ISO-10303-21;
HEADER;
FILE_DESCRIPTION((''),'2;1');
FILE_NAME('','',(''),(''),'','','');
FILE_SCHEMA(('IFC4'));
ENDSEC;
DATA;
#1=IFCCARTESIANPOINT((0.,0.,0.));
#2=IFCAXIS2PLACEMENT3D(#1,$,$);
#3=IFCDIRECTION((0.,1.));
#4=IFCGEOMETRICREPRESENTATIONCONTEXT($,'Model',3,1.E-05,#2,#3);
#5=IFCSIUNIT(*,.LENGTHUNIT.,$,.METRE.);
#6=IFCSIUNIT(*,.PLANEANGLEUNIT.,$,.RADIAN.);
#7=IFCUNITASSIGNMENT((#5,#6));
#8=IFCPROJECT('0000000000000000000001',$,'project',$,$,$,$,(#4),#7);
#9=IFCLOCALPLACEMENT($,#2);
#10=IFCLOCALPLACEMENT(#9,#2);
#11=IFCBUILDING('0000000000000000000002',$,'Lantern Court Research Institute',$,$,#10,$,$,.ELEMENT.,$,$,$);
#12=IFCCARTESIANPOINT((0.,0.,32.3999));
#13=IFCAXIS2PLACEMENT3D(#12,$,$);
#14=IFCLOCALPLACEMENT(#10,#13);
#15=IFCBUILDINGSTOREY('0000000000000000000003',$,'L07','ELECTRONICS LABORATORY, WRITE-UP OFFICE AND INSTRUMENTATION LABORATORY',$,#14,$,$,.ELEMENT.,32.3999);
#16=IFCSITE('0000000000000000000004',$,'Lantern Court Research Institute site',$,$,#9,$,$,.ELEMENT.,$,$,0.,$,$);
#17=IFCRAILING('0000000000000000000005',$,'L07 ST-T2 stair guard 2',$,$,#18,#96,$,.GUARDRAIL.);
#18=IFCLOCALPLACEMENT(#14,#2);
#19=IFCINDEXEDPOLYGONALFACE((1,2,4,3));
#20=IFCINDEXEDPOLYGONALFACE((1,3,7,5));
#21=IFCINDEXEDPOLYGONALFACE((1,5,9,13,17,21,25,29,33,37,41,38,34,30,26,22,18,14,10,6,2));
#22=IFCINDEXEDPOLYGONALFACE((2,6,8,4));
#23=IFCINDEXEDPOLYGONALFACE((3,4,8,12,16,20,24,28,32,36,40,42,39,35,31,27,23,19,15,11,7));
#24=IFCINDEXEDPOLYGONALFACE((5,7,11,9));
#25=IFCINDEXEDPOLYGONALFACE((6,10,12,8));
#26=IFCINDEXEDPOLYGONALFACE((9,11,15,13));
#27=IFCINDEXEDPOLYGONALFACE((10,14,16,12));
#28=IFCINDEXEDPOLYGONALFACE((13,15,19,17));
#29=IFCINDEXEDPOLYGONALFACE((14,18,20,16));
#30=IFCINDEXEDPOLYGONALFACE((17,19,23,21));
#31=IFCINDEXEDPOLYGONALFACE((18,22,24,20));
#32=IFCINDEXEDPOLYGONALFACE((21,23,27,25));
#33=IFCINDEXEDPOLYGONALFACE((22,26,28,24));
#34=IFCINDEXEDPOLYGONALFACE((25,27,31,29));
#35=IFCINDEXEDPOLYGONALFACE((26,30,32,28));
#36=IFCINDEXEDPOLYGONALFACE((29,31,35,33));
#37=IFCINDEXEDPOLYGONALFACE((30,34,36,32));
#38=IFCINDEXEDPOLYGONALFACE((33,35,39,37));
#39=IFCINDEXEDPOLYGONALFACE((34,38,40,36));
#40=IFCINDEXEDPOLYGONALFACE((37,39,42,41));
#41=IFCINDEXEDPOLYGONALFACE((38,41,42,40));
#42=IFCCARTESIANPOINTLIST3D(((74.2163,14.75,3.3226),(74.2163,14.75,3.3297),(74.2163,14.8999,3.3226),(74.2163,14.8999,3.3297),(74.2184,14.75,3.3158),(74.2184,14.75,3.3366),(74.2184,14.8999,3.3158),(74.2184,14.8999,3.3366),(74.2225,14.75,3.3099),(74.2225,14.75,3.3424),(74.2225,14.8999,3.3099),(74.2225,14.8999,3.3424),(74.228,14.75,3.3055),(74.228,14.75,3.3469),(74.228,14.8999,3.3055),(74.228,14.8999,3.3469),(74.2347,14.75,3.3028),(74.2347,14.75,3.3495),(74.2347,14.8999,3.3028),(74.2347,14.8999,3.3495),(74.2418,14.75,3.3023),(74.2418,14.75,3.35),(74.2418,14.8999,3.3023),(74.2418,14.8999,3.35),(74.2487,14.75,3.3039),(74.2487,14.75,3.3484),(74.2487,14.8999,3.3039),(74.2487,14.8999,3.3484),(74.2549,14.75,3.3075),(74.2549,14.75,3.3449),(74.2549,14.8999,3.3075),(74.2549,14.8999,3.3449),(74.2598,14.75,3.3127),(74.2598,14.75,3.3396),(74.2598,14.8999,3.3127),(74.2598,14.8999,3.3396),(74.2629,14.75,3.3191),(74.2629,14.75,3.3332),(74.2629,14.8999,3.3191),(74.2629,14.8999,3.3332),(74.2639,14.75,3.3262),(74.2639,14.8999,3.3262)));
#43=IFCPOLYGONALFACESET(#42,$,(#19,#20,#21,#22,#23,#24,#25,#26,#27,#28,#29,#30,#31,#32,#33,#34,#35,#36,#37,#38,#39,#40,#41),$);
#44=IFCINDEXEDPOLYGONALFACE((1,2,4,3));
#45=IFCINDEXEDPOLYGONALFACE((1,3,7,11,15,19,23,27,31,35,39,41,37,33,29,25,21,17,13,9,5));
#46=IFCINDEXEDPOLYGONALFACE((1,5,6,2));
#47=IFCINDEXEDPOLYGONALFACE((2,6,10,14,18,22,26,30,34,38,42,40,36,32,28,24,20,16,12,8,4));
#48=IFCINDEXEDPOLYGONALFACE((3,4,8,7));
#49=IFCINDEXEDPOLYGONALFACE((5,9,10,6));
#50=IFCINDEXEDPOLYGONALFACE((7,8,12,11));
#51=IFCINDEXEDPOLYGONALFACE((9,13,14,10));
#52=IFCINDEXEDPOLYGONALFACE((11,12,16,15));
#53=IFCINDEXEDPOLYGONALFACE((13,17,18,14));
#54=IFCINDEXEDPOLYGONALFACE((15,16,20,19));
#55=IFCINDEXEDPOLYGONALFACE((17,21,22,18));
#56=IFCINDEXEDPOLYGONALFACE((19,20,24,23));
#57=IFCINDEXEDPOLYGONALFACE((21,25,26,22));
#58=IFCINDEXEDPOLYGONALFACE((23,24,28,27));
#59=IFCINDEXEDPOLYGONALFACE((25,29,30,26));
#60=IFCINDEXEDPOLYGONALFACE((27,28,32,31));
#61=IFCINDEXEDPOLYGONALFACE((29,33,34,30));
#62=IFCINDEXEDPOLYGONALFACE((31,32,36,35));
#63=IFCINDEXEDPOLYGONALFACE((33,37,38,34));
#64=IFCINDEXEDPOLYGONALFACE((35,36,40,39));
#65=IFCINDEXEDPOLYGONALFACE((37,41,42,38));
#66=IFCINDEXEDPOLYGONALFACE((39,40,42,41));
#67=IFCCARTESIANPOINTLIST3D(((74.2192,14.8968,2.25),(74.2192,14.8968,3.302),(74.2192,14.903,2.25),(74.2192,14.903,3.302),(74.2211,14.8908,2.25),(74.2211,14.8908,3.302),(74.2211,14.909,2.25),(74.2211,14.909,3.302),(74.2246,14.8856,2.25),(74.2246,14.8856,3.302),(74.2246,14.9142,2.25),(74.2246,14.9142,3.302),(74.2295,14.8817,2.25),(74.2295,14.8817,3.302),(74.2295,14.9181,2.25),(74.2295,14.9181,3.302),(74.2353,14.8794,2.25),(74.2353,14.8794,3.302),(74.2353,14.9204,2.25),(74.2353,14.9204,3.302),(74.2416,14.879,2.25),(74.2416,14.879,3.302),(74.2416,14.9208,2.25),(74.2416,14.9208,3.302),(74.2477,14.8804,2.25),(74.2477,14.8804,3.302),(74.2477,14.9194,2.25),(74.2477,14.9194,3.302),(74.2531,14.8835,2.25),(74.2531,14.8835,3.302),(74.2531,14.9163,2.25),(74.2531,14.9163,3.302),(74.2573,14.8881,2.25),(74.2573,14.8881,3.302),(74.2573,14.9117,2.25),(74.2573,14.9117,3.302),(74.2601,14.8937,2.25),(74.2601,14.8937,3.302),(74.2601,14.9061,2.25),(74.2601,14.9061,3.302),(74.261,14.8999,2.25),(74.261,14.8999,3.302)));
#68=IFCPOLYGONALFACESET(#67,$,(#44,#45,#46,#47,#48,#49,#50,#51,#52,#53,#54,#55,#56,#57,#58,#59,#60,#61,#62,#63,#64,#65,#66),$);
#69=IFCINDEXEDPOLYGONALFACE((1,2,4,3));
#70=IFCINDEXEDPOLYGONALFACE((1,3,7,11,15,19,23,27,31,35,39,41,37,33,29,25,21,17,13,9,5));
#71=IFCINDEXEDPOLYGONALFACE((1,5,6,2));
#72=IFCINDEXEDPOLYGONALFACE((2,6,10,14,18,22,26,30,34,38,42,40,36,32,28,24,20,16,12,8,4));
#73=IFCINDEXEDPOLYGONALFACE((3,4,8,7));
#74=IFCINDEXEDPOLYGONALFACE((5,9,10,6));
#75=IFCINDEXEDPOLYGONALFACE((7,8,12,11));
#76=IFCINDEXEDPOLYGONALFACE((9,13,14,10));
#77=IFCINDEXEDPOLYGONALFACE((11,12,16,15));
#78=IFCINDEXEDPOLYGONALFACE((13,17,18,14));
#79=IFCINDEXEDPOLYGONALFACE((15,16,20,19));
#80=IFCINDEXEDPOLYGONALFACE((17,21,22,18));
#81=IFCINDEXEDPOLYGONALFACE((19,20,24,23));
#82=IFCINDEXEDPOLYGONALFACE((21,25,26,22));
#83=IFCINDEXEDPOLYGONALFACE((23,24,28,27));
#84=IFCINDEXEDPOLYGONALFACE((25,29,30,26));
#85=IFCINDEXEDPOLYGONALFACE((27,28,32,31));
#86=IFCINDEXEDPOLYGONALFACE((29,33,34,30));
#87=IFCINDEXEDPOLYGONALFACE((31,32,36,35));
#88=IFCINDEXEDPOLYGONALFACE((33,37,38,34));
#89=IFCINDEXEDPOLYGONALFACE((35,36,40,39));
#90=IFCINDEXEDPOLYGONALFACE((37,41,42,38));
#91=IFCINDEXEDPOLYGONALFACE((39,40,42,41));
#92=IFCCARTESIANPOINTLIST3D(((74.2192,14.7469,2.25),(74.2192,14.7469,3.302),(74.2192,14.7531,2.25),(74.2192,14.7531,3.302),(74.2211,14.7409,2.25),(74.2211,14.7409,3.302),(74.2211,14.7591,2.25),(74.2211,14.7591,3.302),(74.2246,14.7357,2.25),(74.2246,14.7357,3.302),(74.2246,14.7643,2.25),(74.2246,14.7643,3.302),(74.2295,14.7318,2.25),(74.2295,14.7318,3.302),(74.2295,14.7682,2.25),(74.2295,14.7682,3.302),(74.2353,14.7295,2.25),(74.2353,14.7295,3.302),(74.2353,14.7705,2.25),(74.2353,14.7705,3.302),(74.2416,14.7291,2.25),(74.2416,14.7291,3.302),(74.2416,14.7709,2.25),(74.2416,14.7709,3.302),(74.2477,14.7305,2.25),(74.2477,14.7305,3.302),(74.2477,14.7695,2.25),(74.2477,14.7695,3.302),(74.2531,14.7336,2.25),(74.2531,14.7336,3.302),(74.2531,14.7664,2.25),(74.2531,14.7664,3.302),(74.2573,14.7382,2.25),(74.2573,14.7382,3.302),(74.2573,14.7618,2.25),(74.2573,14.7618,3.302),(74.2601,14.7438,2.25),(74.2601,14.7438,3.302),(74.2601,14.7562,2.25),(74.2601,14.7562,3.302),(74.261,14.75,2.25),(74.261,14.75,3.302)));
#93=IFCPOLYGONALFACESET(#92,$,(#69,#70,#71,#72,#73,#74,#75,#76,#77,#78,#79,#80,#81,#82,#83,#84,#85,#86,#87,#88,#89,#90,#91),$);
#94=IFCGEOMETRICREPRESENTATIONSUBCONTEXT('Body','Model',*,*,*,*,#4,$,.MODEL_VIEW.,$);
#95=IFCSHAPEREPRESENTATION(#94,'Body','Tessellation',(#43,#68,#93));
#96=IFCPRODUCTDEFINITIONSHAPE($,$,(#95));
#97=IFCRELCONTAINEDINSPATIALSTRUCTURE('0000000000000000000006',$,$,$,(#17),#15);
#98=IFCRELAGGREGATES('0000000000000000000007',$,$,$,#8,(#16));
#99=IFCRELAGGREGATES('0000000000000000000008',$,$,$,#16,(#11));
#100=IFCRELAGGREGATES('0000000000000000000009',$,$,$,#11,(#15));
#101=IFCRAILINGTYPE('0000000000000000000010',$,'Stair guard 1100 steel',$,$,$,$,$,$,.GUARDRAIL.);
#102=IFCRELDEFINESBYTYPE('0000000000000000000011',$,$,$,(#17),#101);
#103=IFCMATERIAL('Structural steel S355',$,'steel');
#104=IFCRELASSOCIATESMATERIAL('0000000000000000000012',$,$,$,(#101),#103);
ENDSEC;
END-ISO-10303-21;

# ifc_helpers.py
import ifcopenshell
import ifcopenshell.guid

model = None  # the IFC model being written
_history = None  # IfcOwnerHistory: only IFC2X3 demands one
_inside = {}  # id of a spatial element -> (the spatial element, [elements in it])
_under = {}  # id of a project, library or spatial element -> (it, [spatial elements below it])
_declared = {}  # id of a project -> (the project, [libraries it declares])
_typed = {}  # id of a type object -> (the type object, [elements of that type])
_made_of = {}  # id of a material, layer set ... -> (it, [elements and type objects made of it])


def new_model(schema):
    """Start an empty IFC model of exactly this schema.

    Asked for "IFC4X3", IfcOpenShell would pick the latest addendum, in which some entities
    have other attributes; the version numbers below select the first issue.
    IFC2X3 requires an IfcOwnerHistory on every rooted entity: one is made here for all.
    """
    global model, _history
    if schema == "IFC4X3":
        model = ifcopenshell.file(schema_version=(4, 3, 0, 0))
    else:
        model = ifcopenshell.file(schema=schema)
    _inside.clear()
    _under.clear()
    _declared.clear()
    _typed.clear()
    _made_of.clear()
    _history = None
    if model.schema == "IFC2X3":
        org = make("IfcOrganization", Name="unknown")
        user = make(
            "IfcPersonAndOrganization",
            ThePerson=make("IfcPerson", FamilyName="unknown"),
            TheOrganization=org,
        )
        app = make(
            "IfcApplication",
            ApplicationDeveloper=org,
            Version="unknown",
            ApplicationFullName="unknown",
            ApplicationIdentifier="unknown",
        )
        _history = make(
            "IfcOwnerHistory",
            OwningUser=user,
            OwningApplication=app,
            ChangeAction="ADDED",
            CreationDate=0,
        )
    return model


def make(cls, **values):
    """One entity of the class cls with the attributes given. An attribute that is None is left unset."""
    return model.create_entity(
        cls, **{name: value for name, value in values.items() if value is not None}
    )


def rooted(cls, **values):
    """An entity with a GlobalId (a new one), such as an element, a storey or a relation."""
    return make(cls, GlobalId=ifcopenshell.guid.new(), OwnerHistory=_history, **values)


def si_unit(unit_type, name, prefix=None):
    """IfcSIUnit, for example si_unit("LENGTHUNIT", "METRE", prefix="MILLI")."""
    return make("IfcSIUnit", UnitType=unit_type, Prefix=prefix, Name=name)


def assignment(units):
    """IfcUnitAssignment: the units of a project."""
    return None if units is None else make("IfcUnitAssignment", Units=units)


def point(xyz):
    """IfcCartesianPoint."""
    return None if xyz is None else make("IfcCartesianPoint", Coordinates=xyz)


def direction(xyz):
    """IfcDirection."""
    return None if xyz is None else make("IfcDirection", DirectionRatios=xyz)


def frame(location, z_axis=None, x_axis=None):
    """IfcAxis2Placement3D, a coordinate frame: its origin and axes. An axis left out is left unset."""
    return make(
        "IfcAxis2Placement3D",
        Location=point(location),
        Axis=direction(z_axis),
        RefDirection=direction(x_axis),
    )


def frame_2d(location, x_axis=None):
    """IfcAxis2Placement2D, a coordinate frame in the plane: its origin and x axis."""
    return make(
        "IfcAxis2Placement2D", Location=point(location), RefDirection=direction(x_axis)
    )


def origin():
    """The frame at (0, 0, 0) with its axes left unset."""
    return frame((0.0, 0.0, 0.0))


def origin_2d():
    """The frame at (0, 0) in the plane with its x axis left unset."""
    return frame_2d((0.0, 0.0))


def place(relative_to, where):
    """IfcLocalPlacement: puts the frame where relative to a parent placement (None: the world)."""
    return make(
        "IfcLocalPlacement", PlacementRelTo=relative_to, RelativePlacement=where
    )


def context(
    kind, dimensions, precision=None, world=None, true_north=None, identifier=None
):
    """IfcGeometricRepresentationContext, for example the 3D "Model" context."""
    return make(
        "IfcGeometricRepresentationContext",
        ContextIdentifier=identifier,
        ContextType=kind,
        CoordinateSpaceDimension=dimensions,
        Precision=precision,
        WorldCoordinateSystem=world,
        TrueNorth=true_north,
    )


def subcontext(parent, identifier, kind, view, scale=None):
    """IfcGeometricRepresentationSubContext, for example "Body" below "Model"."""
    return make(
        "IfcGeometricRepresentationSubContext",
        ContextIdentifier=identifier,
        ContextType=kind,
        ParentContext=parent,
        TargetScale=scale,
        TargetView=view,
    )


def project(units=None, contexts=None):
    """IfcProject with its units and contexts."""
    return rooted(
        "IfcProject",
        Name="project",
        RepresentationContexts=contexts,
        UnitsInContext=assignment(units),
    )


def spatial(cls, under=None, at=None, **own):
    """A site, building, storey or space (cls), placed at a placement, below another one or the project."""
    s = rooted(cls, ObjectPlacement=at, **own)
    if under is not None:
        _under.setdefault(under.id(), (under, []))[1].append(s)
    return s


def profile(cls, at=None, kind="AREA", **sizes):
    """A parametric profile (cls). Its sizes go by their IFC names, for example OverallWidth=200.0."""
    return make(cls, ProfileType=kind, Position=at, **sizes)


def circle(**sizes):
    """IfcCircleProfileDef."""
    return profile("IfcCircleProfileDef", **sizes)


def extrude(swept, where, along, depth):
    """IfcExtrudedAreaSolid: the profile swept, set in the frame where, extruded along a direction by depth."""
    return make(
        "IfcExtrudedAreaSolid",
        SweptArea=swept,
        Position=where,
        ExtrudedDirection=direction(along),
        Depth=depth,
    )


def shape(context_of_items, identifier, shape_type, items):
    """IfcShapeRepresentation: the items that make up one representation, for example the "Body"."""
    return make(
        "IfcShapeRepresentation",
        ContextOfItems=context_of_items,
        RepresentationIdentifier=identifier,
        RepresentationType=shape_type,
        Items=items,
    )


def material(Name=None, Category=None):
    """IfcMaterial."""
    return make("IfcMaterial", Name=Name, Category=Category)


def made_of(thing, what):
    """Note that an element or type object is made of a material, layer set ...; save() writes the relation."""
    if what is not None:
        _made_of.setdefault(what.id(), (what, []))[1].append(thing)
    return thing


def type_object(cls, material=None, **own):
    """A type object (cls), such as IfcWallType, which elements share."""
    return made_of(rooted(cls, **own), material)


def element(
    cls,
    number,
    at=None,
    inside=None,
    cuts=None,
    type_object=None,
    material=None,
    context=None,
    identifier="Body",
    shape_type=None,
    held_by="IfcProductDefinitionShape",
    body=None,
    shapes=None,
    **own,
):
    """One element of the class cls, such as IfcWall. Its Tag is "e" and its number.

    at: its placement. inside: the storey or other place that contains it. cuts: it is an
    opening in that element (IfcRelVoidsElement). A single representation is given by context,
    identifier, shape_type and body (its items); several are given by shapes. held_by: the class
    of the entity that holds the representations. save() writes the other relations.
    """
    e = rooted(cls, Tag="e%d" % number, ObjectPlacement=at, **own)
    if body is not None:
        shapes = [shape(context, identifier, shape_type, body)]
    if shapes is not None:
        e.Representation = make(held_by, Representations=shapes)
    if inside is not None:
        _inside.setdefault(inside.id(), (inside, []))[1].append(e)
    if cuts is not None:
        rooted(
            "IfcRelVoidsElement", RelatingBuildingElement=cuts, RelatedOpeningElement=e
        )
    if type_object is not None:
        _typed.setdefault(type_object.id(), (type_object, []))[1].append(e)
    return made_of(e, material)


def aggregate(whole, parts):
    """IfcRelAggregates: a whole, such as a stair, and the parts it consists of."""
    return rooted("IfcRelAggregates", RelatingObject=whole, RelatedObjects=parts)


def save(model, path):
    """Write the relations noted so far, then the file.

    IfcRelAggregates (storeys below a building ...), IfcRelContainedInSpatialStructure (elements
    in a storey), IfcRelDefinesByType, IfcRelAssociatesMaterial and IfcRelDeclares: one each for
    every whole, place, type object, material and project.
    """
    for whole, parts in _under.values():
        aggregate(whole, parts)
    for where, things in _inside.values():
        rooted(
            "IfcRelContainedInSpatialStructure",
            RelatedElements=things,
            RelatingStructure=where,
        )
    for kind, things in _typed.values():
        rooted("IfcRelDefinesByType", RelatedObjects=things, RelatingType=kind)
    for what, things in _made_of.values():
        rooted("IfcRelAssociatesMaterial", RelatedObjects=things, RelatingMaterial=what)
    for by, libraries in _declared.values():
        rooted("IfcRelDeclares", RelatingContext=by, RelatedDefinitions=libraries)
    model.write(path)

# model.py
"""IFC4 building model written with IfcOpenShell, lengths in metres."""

from ifc_helpers import new_model, si_unit, direction, frame, origin, origin_2d, place, context, subcontext, project, spatial, circle, extrude, material, type_object, element, save


model = new_model("IFC4")

# Units and contexts
model_context = context("Model", 3, precision=1e-05, world=origin(), true_north=direction((0.0, 1.0)))
body_context = subcontext(model_context, "Body", "Model", "MODEL_VIEW")
ifc_project = project(units=[si_unit("LENGTHUNIT", "METRE"), si_unit("PLANEANGLEUNIT", "RADIAN")], contexts=[model_context])

# Site, building, storey
site_placement = place(None, origin())
site = spatial("IfcSite", under=ifc_project, at=site_placement, Name="Lantern Court Research Institute site", CompositionType="ELEMENT", RefElevation=0.0)
building_placement = place(site_placement, origin())
building = spatial("IfcBuilding", under=site, at=building_placement, Name="Lantern Court Research Institute", CompositionType="ELEMENT")
storey_placement = place(building_placement, frame((0.0, 0.0, 32.3999)))
storey = spatial("IfcBuildingStorey", under=building, at=storey_placement, Name="L07", Description="ELECTRONICS LABORATORY, WRITE-UP OFFICE AND INSTRUMENTATION LABORATORY", CompositionType="ELEMENT", Elevation=32.3999)

# Railing
ifc_material_1 = material(Name="Structural steel S355", Category="steel")
railing_type = type_object("IfcRailingType", Name="Stair guard 1100 steel", PredefinedType="GUARDRAIL", material=ifc_material_1)
railing_placement = place(storey_placement, frame((74.24, 14.8999, 2.25)))
element("IfcRailing", 1, at=railing_placement, inside=storey, type_object=railing_type, Name="L07 ST-T2 stair guard 2", PredefinedType="GUARDRAIL", context=body_context, shape_type="SweptSolid", body=[
    extrude(circle(Radius=0.0239, at=origin_2d()), frame((0.0, 0.0, 1.0762), z_axis=(0.0, -1.0, 0.0), x_axis=(1.0, 0.0, 0.0)), (0.0, 0.0, 1.0), 0.1499),
    extrude(circle(Radius=0.021, at=origin_2d()), origin(), (0.0, 0.0, 1.0), 1.052),
    extrude(circle(Radius=0.021, at=origin_2d()), frame((0.0, -0.1499, 0.0)), (0.0, 0.0, 1.0), 1.052),
])

save(model, "model.ifc")
